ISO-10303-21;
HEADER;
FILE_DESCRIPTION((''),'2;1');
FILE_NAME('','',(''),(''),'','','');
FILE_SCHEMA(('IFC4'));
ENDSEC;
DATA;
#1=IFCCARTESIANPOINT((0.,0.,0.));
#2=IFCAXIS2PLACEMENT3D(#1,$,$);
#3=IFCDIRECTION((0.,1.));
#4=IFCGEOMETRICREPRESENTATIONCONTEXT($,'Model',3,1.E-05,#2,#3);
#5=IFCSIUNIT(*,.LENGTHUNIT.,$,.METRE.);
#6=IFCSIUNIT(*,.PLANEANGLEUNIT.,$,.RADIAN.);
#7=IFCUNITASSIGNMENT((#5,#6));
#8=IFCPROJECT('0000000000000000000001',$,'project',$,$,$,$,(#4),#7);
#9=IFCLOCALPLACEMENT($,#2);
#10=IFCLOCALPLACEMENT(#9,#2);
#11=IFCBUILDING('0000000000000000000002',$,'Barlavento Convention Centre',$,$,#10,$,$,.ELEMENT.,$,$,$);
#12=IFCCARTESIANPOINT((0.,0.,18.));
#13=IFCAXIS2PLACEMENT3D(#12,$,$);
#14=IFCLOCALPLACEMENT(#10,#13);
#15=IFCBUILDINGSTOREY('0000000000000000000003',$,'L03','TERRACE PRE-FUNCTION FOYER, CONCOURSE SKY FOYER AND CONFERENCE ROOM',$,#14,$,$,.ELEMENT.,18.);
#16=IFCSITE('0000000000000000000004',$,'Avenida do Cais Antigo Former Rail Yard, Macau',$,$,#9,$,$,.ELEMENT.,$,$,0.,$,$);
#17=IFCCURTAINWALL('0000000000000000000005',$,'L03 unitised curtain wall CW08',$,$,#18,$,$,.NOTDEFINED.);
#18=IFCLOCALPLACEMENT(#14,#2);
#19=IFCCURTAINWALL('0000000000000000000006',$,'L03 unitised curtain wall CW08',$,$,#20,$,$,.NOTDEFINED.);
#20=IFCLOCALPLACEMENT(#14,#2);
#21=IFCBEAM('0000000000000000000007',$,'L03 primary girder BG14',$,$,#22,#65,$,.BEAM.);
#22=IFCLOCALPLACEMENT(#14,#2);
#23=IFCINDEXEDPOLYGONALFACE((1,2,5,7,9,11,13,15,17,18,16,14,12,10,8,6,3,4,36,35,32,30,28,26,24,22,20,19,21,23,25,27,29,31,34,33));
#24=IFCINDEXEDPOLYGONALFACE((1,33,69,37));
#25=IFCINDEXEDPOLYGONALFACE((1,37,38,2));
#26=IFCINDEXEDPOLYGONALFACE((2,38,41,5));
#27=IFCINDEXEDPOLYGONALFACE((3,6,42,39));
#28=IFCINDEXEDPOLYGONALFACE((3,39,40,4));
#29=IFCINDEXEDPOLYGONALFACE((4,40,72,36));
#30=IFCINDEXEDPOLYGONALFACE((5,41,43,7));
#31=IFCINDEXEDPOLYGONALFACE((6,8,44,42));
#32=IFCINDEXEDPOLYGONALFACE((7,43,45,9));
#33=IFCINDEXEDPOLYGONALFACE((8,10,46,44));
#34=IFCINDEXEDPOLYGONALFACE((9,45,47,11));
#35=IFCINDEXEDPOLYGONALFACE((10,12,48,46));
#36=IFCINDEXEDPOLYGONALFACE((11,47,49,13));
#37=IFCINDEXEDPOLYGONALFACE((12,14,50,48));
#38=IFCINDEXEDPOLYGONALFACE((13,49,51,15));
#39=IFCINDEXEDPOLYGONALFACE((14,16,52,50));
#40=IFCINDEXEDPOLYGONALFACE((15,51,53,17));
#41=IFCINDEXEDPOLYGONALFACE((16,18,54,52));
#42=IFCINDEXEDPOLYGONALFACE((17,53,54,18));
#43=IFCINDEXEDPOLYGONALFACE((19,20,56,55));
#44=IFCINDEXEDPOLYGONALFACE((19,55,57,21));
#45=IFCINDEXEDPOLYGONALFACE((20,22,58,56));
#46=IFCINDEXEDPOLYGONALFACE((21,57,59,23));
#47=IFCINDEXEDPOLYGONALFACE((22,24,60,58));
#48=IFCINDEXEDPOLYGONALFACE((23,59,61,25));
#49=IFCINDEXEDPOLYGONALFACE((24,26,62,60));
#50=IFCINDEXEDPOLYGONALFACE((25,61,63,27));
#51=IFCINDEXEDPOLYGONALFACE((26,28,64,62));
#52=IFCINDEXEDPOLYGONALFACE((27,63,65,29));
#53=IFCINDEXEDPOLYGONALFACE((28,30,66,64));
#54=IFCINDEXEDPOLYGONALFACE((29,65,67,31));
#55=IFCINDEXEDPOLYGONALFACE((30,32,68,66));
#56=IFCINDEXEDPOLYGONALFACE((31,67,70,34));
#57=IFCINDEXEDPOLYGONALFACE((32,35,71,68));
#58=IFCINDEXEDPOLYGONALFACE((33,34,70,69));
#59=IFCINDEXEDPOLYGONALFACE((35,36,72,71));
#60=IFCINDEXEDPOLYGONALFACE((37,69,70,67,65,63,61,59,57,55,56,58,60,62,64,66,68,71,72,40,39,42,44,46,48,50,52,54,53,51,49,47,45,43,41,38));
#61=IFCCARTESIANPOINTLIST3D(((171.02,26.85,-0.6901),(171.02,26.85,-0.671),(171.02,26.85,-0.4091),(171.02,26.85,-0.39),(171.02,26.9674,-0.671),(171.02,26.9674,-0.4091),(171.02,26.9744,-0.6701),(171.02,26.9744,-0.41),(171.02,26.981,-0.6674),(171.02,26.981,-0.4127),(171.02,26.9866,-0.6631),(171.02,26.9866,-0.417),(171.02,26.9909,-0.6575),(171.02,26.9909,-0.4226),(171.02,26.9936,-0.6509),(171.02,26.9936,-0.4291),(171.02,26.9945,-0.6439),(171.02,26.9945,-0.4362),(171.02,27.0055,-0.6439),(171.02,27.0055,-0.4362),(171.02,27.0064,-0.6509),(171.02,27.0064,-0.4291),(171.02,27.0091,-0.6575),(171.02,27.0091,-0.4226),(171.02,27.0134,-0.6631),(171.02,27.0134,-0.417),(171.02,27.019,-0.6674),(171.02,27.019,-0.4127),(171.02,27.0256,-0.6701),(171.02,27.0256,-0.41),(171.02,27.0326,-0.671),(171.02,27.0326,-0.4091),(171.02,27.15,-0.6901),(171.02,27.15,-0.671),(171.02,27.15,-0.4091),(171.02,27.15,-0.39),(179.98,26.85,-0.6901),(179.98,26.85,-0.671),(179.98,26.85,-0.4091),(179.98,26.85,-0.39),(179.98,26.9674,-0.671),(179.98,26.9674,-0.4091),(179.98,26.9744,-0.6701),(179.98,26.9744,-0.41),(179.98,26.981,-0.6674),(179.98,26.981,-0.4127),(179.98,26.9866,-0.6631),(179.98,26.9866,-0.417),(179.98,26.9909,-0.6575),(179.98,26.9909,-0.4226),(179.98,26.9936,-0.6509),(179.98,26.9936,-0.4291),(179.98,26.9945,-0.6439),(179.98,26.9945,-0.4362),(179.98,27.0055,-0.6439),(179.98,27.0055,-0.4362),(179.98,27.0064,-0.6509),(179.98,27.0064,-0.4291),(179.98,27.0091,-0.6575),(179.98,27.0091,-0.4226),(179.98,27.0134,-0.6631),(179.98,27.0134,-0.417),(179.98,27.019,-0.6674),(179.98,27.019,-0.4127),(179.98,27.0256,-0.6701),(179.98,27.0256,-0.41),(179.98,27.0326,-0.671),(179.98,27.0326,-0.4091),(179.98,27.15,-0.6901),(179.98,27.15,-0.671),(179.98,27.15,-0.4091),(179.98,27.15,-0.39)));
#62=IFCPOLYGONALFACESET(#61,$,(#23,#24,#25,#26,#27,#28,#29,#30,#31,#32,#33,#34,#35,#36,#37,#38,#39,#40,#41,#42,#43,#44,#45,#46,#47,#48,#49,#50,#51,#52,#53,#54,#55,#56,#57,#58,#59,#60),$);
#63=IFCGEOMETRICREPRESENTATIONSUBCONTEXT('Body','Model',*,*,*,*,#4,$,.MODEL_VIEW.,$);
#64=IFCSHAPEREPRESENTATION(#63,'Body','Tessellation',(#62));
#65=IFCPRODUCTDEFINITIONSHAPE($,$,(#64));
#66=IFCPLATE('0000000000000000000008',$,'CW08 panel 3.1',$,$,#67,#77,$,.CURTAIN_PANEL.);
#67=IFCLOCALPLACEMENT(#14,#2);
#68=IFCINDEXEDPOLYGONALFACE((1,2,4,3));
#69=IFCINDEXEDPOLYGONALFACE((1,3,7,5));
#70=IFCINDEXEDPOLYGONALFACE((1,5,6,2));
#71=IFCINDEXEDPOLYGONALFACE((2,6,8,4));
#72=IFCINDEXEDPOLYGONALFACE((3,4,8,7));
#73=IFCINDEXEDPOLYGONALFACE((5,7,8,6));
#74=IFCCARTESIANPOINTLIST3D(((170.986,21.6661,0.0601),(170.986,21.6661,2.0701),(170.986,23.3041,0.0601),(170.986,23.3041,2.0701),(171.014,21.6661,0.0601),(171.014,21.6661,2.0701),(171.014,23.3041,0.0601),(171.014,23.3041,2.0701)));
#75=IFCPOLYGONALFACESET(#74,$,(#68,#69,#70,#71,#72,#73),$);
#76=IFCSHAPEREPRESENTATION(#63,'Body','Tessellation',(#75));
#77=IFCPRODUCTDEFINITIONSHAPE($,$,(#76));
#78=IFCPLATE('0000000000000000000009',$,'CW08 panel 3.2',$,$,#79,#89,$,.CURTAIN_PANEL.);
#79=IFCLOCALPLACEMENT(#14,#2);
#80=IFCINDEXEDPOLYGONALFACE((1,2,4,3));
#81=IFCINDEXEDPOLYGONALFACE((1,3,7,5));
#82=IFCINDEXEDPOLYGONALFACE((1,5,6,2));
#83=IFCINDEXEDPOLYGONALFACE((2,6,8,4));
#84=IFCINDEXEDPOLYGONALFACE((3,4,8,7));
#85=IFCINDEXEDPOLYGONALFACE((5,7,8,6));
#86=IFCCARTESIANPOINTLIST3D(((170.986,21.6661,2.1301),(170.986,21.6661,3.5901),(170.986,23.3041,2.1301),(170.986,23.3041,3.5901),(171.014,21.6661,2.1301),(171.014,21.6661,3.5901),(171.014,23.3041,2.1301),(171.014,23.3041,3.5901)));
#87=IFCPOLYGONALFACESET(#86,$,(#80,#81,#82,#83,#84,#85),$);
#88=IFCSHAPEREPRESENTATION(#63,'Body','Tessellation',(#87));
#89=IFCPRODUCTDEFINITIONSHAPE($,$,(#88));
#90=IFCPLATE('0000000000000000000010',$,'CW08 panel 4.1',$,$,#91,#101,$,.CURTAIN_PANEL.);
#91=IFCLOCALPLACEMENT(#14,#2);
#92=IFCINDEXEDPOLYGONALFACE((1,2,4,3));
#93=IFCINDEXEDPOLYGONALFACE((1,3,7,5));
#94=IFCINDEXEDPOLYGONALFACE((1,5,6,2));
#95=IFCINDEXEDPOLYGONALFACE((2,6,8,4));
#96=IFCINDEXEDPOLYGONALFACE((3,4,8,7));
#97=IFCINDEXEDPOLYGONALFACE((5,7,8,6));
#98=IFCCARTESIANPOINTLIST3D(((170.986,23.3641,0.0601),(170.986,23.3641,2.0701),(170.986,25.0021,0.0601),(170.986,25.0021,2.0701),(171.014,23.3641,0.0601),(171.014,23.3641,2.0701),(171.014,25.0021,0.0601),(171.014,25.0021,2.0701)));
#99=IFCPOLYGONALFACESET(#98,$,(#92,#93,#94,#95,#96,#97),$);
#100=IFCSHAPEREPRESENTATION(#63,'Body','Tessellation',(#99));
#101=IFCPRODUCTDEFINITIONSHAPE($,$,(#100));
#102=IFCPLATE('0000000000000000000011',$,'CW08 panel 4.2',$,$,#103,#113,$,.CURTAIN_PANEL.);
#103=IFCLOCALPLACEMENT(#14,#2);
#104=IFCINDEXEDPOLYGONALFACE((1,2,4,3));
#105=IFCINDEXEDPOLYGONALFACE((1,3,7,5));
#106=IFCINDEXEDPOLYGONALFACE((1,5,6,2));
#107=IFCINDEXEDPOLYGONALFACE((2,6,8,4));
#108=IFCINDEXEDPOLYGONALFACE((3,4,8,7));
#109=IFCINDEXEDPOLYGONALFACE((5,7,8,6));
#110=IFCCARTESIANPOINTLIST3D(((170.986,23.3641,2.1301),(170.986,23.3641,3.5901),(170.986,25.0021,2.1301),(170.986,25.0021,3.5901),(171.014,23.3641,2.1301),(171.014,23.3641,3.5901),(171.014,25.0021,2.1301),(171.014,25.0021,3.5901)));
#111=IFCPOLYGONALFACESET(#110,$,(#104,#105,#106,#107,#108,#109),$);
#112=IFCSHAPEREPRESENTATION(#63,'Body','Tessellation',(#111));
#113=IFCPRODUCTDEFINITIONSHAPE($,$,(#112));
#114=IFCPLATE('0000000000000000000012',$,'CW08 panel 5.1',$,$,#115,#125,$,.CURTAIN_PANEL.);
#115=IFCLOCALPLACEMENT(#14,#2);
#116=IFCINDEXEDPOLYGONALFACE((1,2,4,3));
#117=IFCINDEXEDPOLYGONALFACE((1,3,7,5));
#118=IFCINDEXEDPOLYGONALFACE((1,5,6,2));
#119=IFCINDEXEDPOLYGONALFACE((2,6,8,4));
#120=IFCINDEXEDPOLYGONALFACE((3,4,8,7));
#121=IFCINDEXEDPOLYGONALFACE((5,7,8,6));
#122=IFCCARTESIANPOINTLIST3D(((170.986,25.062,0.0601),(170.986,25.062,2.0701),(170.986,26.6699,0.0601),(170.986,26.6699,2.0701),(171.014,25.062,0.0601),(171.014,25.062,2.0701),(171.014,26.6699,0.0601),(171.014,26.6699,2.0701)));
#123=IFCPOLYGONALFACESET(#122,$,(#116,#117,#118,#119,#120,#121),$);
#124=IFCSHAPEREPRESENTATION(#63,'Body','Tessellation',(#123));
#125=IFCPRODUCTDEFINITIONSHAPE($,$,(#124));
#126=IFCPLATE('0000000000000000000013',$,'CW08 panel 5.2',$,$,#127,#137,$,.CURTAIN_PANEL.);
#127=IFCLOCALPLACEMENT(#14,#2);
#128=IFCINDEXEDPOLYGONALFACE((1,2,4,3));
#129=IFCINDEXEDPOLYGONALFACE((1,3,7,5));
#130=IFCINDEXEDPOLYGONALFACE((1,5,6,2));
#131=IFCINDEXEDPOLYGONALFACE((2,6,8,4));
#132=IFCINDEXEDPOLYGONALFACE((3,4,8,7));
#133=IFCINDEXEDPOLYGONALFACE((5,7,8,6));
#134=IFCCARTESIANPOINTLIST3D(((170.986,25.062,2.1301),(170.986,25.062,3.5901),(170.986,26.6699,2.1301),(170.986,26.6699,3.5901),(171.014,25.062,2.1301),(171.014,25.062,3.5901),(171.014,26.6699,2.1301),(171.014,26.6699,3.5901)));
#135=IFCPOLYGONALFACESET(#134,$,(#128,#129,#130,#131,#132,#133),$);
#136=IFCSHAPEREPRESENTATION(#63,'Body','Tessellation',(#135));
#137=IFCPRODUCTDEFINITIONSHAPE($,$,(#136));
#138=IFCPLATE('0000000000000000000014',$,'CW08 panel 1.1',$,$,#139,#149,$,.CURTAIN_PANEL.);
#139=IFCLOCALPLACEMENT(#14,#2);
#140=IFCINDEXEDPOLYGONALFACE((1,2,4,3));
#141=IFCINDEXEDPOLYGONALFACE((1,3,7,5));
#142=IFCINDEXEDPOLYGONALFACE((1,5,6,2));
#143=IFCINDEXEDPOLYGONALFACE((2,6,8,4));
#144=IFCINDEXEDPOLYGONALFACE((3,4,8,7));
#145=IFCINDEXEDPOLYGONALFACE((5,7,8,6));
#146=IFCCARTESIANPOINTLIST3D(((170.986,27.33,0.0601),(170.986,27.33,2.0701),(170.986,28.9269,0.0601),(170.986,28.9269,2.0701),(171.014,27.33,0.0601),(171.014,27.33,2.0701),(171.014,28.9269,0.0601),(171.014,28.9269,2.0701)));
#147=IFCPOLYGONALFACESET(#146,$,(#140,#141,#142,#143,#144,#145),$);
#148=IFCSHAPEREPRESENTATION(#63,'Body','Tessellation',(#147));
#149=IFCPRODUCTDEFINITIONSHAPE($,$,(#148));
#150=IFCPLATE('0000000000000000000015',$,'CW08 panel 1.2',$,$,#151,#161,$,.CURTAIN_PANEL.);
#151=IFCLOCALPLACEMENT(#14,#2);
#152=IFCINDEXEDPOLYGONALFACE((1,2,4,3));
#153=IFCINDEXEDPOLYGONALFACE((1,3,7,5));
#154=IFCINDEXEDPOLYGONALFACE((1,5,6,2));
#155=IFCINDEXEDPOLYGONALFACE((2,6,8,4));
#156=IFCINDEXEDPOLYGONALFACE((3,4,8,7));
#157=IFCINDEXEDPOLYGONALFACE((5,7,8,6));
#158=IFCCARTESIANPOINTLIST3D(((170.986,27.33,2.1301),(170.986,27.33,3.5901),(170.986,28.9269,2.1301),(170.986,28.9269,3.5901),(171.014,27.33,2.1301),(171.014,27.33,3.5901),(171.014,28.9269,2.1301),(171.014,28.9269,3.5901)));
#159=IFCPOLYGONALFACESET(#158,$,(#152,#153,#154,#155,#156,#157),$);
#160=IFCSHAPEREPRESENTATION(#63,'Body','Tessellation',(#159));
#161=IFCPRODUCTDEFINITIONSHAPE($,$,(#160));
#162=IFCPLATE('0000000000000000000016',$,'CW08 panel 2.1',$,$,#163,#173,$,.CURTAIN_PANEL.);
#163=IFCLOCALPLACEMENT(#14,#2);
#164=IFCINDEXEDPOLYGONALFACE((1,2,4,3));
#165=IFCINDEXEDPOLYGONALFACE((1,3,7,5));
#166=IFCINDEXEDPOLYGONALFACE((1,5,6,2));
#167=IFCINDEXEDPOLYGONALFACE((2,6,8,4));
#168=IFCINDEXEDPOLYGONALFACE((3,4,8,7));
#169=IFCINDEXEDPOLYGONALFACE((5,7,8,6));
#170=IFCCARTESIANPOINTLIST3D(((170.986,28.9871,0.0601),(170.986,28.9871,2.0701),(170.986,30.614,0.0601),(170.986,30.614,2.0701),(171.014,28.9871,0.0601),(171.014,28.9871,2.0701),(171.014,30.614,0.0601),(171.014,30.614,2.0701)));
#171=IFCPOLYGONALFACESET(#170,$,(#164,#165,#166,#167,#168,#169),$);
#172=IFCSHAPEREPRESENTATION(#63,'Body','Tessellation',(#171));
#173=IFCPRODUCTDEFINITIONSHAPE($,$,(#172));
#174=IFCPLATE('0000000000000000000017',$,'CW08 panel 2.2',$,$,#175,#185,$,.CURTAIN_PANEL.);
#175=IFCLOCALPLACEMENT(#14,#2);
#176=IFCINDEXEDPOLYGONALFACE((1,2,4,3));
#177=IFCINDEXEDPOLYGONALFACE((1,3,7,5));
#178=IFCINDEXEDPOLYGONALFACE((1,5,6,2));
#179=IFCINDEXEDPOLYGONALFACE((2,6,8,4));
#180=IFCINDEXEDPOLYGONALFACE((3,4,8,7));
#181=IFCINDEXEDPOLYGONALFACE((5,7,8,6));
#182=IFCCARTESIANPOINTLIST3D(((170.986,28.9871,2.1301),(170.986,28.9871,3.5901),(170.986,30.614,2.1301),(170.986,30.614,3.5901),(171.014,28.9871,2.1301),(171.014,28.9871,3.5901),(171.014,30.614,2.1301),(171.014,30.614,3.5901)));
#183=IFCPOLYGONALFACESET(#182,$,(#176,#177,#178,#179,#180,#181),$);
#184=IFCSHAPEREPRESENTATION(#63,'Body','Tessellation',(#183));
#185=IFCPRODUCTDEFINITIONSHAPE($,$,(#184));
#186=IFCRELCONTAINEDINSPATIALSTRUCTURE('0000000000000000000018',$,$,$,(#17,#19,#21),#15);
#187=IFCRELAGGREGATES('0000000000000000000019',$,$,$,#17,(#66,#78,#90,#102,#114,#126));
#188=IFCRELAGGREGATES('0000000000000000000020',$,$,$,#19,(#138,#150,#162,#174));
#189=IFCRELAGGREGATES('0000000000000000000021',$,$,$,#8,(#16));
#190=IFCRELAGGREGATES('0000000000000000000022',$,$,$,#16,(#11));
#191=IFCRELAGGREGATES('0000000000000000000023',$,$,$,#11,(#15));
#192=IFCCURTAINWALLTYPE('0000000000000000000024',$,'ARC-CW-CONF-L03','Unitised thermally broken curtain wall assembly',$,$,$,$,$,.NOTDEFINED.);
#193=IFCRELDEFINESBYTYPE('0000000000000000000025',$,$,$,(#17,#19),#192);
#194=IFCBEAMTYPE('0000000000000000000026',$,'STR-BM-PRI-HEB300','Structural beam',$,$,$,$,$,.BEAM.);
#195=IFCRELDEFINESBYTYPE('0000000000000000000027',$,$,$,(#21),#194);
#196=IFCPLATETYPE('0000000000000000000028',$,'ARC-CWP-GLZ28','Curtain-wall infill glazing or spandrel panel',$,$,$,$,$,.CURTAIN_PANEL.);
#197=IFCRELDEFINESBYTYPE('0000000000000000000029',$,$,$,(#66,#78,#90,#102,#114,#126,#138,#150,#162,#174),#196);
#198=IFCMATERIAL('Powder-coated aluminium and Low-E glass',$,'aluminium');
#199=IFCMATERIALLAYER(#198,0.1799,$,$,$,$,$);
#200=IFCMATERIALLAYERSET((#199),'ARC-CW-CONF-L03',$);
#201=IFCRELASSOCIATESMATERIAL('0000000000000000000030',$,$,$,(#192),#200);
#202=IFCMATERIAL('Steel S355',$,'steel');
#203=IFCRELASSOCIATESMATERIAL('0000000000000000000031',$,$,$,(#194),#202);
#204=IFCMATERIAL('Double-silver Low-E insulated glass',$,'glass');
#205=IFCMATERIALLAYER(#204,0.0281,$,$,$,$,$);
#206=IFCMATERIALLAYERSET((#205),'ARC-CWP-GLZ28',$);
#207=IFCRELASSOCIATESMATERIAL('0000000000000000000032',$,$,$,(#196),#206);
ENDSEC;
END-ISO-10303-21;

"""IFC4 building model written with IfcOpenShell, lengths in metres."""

from ifc_helpers import new_model, si_unit, direction, frame, origin, origin_2d, place, context, subcontext, project, spatial, rectangle, i_section, extrude, material, layer, layer_set, material_profile, profile_set, type_object, element, aggregate, save


model = new_model("IFC4")

# Units and contexts
model_context = context("Model", 3, precision=1e-05, world=origin(), true_north=direction((0.0, 1.0)))
body_context = subcontext(model_context, "Body", "Model", "MODEL_VIEW")
ifc_project = project(units=[si_unit("LENGTHUNIT", "METRE"), si_unit("PLANEANGLEUNIT", "RADIAN")], contexts=[model_context])

# Site, building, storey
site_placement = place(None, origin())
site = spatial("IfcSite", under=ifc_project, at=site_placement, Name="Avenida do Cais Antigo Former Rail Yard, Macau", CompositionType="ELEMENT", RefElevation=0.0)
building_placement = place(site_placement, origin())
building = spatial("IfcBuilding", under=site, at=building_placement, Name="Barlavento Convention Centre", CompositionType="ELEMENT")
storey_placement = place(building_placement, frame((0.0, 0.0, 18.0)))
storey = spatial("IfcBuildingStorey", under=building, at=storey_placement, Name="L03", Description="TERRACE PRE-FUNCTION FOYER, CONCOURSE SKY FOYER AND CONFERENCE ROOM", CompositionType="ELEMENT", Elevation=18.0)

# Shared definitions
ifc_material_1 = material(Name="Steel S355", Category="steel")

# Curtain walls
ifc_material_2 = material(Name="Powder-coated aluminium and Low-E glass", Category="aluminium")
ifc_layer_1 = layer(ifc_material_2, 0.1799)
ifc_layer_set_1 = layer_set([ifc_layer_1], Name="ARC-CW-CONF-L03")
curtain_wall_type = type_object("IfcCurtainWallType", Name="ARC-CW-CONF-L03", Description="Unitised thermally broken curtain wall assembly", PredefinedType="NOTDEFINED", material=ifc_layer_set_1)
curtain_wall_1_placement = place(storey_placement, origin())
curtain_wall_1 = element("IfcCurtainWall", 1, at=curtain_wall_1_placement, inside=storey, type_object=curtain_wall_type, Name="L03 unitised curtain wall CW08", PredefinedType="NOTDEFINED")
curtain_wall_2_placement = place(storey_placement, origin())
curtain_wall_2 = element("IfcCurtainWall", 2, at=curtain_wall_2_placement, inside=storey, type_object=curtain_wall_type, Name="L03 unitised curtain wall CW08", PredefinedType="NOTDEFINED")

# Beam
ifc_material_profile_1 = material_profile(ifc_material_1, i_section(OverallWidth=0.3, OverallDepth=0.3, WebThickness=0.011, FlangeThickness=0.019, FilletRadius=0.0271, at=origin_2d()), Name="HEB 300")
ifc_profile_set_1 = profile_set([ifc_material_profile_1], Name="Steel S355")
beam_type_1 = type_object("IfcBeamType", Name="STR-BM-PRI-HEB300", Description="Structural beam", PredefinedType="BEAM", material=ifc_profile_set_1)
beam_1_placement = place(storey_placement, frame((171.02, 27.0, -0.54), z_axis=(1.0, 0.0, 0.0), x_axis=(0.0, 1.0, 0.0)))
element("IfcBeam", 3, at=beam_1_placement, inside=storey, type_object=beam_type_1, Name="L03 primary girder BG14", PredefinedType="BEAM", context=body_context, shape_type="SweptSolid", body=[
    extrude(i_section(OverallWidth=0.3, OverallDepth=0.3, WebThickness=0.011, FlangeThickness=0.019, FilletRadius=0.0271, at=origin_2d()), origin(), (0.0, 0.0, 1.0), 8.96),
])

# Plates
ifc_material_3 = material(Name="Double-silver Low-E insulated glass", Category="glass")
ifc_layer_2 = layer(ifc_material_3, 0.0281)
ifc_layer_set_2 = layer_set([ifc_layer_2], Name="ARC-CWP-GLZ28")
plate_type = type_object("IfcPlateType", Name="ARC-CWP-GLZ28", Description="Curtain-wall infill glazing or spandrel panel", PredefinedType="CURTAIN_PANEL", material=ifc_layer_set_2)
plate_1_placement = place(storey_placement, frame((171.0, 22.4851, 0.0601), z_axis=(0.0, 0.0, 1.0), x_axis=(0.0, 1.0, 0.0)))
plate_1 = element("IfcPlate", 4, at=plate_1_placement, type_object=plate_type, Name="CW08 panel 3.1", PredefinedType="CURTAIN_PANEL", context=body_context, shape_type="SweptSolid", body=[
    extrude(rectangle(XDim=1.6379, YDim=0.0281, at=origin_2d()), origin(), (0.0, 0.0, 1.0), 2.01),
])
plate_2_placement = place(storey_placement, frame((171.0, 22.4851, 2.1301), z_axis=(0.0, 0.0, 1.0), x_axis=(0.0, 1.0, 0.0)))
plate_2 = element("IfcPlate", 5, at=plate_2_placement, type_object=plate_type, Name="CW08 panel 3.2", PredefinedType="CURTAIN_PANEL", context=body_context, shape_type="SweptSolid", body=[
    extrude(rectangle(XDim=1.6379, YDim=0.0281, at=origin_2d()), origin(), (0.0, 0.0, 1.0), 1.46),
])
plate_3_placement = place(storey_placement, frame((171.0, 24.1831, 0.0601), z_axis=(0.0, 0.0, 1.0), x_axis=(0.0, 1.0, 0.0)))
plate_3 = element("IfcPlate", 6, at=plate_3_placement, type_object=plate_type, Name="CW08 panel 4.1", PredefinedType="CURTAIN_PANEL", context=body_context, shape_type="SweptSolid", body=[
    extrude(rectangle(XDim=1.6379, YDim=0.0281, at=origin_2d()), origin(), (0.0, 0.0, 1.0), 2.01),
])
plate_4_placement = place(storey_placement, frame((171.0, 24.1831, 2.1301), z_axis=(0.0, 0.0, 1.0), x_axis=(0.0, 1.0, 0.0)))
plate_4 = element("IfcPlate", 7, at=plate_4_placement, type_object=plate_type, Name="CW08 panel 4.2", PredefinedType="CURTAIN_PANEL", context=body_context, shape_type="SweptSolid", body=[
    extrude(rectangle(XDim=1.6379, YDim=0.0281, at=origin_2d()), origin(), (0.0, 0.0, 1.0), 1.46),
])
plate_5_placement = place(storey_placement, frame((171.0, 25.866, 0.0601), z_axis=(0.0, 0.0, 1.0), x_axis=(0.0, 1.0, 0.0)))
plate_5 = element("IfcPlate", 8, at=plate_5_placement, type_object=plate_type, Name="CW08 panel 5.1", PredefinedType="CURTAIN_PANEL", context=body_context, shape_type="SweptSolid", body=[
    extrude(rectangle(XDim=1.6079, YDim=0.0281, at=origin_2d()), origin(), (0.0, 0.0, 1.0), 2.01),
])
plate_6_placement = place(storey_placement, frame((171.0, 25.866, 2.1301), z_axis=(0.0, 0.0, 1.0), x_axis=(0.0, 1.0, 0.0)))
plate_6 = element("IfcPlate", 9, at=plate_6_placement, type_object=plate_type, Name="CW08 panel 5.2", PredefinedType="CURTAIN_PANEL", context=body_context, shape_type="SweptSolid", body=[
    extrude(rectangle(XDim=1.6079, YDim=0.0281, at=origin_2d()), origin(), (0.0, 0.0, 1.0), 1.46),
])
aggregate(curtain_wall_1, [plate_1, plate_2, plate_3, plate_4, plate_5, plate_6])
plate_7_placement = place(storey_placement, frame((171.0, 28.1284, 0.0601), z_axis=(0.0, 0.0, 1.0), x_axis=(0.0, 1.0, 0.0)))
plate_7 = element("IfcPlate", 10, at=plate_7_placement, type_object=plate_type, Name="CW08 panel 1.1", PredefinedType="CURTAIN_PANEL", context=body_context, shape_type="SweptSolid", body=[
    extrude(rectangle(XDim=1.5969, YDim=0.0281, at=origin_2d()), origin(), (0.0, 0.0, 1.0), 2.01),
])
plate_8_placement = place(storey_placement, frame((171.0, 28.1284, 2.1301), z_axis=(0.0, 0.0, 1.0), x_axis=(0.0, 1.0, 0.0)))
plate_8 = element("IfcPlate", 11, at=plate_8_placement, type_object=plate_type, Name="CW08 panel 1.2", PredefinedType="CURTAIN_PANEL", context=body_context, shape_type="SweptSolid", body=[
    extrude(rectangle(XDim=1.5969, YDim=0.0281, at=origin_2d()), origin(), (0.0, 0.0, 1.0), 1.46),
])
plate_9_placement = place(storey_placement, frame((171.0, 29.8005, 0.0601), z_axis=(0.0, 0.0, 1.0), x_axis=(0.0, 1.0, 0.0)))
plate_9 = element("IfcPlate", 12, at=plate_9_placement, type_object=plate_type, Name="CW08 panel 2.1", PredefinedType="CURTAIN_PANEL", context=body_context, shape_type="SweptSolid", body=[
    extrude(rectangle(XDim=1.627, YDim=0.0281, at=origin_2d()), origin(), (0.0, 0.0, 1.0), 2.01),
])
plate_10_placement = place(storey_placement, frame((171.0, 29.8005, 2.1301), z_axis=(0.0, 0.0, 1.0), x_axis=(0.0, 1.0, 0.0)))
plate_10 = element("IfcPlate", 13, at=plate_10_placement, type_object=plate_type, Name="CW08 panel 2.2", PredefinedType="CURTAIN_PANEL", context=body_context, shape_type="SweptSolid", body=[
    extrude(rectangle(XDim=1.627, YDim=0.0281, at=origin_2d()), origin(), (0.0, 0.0, 1.0), 1.46),
])
aggregate(curtain_wall_2, [plate_7, plate_8, plate_9, plate_10])

save(model, "model.ifc")
